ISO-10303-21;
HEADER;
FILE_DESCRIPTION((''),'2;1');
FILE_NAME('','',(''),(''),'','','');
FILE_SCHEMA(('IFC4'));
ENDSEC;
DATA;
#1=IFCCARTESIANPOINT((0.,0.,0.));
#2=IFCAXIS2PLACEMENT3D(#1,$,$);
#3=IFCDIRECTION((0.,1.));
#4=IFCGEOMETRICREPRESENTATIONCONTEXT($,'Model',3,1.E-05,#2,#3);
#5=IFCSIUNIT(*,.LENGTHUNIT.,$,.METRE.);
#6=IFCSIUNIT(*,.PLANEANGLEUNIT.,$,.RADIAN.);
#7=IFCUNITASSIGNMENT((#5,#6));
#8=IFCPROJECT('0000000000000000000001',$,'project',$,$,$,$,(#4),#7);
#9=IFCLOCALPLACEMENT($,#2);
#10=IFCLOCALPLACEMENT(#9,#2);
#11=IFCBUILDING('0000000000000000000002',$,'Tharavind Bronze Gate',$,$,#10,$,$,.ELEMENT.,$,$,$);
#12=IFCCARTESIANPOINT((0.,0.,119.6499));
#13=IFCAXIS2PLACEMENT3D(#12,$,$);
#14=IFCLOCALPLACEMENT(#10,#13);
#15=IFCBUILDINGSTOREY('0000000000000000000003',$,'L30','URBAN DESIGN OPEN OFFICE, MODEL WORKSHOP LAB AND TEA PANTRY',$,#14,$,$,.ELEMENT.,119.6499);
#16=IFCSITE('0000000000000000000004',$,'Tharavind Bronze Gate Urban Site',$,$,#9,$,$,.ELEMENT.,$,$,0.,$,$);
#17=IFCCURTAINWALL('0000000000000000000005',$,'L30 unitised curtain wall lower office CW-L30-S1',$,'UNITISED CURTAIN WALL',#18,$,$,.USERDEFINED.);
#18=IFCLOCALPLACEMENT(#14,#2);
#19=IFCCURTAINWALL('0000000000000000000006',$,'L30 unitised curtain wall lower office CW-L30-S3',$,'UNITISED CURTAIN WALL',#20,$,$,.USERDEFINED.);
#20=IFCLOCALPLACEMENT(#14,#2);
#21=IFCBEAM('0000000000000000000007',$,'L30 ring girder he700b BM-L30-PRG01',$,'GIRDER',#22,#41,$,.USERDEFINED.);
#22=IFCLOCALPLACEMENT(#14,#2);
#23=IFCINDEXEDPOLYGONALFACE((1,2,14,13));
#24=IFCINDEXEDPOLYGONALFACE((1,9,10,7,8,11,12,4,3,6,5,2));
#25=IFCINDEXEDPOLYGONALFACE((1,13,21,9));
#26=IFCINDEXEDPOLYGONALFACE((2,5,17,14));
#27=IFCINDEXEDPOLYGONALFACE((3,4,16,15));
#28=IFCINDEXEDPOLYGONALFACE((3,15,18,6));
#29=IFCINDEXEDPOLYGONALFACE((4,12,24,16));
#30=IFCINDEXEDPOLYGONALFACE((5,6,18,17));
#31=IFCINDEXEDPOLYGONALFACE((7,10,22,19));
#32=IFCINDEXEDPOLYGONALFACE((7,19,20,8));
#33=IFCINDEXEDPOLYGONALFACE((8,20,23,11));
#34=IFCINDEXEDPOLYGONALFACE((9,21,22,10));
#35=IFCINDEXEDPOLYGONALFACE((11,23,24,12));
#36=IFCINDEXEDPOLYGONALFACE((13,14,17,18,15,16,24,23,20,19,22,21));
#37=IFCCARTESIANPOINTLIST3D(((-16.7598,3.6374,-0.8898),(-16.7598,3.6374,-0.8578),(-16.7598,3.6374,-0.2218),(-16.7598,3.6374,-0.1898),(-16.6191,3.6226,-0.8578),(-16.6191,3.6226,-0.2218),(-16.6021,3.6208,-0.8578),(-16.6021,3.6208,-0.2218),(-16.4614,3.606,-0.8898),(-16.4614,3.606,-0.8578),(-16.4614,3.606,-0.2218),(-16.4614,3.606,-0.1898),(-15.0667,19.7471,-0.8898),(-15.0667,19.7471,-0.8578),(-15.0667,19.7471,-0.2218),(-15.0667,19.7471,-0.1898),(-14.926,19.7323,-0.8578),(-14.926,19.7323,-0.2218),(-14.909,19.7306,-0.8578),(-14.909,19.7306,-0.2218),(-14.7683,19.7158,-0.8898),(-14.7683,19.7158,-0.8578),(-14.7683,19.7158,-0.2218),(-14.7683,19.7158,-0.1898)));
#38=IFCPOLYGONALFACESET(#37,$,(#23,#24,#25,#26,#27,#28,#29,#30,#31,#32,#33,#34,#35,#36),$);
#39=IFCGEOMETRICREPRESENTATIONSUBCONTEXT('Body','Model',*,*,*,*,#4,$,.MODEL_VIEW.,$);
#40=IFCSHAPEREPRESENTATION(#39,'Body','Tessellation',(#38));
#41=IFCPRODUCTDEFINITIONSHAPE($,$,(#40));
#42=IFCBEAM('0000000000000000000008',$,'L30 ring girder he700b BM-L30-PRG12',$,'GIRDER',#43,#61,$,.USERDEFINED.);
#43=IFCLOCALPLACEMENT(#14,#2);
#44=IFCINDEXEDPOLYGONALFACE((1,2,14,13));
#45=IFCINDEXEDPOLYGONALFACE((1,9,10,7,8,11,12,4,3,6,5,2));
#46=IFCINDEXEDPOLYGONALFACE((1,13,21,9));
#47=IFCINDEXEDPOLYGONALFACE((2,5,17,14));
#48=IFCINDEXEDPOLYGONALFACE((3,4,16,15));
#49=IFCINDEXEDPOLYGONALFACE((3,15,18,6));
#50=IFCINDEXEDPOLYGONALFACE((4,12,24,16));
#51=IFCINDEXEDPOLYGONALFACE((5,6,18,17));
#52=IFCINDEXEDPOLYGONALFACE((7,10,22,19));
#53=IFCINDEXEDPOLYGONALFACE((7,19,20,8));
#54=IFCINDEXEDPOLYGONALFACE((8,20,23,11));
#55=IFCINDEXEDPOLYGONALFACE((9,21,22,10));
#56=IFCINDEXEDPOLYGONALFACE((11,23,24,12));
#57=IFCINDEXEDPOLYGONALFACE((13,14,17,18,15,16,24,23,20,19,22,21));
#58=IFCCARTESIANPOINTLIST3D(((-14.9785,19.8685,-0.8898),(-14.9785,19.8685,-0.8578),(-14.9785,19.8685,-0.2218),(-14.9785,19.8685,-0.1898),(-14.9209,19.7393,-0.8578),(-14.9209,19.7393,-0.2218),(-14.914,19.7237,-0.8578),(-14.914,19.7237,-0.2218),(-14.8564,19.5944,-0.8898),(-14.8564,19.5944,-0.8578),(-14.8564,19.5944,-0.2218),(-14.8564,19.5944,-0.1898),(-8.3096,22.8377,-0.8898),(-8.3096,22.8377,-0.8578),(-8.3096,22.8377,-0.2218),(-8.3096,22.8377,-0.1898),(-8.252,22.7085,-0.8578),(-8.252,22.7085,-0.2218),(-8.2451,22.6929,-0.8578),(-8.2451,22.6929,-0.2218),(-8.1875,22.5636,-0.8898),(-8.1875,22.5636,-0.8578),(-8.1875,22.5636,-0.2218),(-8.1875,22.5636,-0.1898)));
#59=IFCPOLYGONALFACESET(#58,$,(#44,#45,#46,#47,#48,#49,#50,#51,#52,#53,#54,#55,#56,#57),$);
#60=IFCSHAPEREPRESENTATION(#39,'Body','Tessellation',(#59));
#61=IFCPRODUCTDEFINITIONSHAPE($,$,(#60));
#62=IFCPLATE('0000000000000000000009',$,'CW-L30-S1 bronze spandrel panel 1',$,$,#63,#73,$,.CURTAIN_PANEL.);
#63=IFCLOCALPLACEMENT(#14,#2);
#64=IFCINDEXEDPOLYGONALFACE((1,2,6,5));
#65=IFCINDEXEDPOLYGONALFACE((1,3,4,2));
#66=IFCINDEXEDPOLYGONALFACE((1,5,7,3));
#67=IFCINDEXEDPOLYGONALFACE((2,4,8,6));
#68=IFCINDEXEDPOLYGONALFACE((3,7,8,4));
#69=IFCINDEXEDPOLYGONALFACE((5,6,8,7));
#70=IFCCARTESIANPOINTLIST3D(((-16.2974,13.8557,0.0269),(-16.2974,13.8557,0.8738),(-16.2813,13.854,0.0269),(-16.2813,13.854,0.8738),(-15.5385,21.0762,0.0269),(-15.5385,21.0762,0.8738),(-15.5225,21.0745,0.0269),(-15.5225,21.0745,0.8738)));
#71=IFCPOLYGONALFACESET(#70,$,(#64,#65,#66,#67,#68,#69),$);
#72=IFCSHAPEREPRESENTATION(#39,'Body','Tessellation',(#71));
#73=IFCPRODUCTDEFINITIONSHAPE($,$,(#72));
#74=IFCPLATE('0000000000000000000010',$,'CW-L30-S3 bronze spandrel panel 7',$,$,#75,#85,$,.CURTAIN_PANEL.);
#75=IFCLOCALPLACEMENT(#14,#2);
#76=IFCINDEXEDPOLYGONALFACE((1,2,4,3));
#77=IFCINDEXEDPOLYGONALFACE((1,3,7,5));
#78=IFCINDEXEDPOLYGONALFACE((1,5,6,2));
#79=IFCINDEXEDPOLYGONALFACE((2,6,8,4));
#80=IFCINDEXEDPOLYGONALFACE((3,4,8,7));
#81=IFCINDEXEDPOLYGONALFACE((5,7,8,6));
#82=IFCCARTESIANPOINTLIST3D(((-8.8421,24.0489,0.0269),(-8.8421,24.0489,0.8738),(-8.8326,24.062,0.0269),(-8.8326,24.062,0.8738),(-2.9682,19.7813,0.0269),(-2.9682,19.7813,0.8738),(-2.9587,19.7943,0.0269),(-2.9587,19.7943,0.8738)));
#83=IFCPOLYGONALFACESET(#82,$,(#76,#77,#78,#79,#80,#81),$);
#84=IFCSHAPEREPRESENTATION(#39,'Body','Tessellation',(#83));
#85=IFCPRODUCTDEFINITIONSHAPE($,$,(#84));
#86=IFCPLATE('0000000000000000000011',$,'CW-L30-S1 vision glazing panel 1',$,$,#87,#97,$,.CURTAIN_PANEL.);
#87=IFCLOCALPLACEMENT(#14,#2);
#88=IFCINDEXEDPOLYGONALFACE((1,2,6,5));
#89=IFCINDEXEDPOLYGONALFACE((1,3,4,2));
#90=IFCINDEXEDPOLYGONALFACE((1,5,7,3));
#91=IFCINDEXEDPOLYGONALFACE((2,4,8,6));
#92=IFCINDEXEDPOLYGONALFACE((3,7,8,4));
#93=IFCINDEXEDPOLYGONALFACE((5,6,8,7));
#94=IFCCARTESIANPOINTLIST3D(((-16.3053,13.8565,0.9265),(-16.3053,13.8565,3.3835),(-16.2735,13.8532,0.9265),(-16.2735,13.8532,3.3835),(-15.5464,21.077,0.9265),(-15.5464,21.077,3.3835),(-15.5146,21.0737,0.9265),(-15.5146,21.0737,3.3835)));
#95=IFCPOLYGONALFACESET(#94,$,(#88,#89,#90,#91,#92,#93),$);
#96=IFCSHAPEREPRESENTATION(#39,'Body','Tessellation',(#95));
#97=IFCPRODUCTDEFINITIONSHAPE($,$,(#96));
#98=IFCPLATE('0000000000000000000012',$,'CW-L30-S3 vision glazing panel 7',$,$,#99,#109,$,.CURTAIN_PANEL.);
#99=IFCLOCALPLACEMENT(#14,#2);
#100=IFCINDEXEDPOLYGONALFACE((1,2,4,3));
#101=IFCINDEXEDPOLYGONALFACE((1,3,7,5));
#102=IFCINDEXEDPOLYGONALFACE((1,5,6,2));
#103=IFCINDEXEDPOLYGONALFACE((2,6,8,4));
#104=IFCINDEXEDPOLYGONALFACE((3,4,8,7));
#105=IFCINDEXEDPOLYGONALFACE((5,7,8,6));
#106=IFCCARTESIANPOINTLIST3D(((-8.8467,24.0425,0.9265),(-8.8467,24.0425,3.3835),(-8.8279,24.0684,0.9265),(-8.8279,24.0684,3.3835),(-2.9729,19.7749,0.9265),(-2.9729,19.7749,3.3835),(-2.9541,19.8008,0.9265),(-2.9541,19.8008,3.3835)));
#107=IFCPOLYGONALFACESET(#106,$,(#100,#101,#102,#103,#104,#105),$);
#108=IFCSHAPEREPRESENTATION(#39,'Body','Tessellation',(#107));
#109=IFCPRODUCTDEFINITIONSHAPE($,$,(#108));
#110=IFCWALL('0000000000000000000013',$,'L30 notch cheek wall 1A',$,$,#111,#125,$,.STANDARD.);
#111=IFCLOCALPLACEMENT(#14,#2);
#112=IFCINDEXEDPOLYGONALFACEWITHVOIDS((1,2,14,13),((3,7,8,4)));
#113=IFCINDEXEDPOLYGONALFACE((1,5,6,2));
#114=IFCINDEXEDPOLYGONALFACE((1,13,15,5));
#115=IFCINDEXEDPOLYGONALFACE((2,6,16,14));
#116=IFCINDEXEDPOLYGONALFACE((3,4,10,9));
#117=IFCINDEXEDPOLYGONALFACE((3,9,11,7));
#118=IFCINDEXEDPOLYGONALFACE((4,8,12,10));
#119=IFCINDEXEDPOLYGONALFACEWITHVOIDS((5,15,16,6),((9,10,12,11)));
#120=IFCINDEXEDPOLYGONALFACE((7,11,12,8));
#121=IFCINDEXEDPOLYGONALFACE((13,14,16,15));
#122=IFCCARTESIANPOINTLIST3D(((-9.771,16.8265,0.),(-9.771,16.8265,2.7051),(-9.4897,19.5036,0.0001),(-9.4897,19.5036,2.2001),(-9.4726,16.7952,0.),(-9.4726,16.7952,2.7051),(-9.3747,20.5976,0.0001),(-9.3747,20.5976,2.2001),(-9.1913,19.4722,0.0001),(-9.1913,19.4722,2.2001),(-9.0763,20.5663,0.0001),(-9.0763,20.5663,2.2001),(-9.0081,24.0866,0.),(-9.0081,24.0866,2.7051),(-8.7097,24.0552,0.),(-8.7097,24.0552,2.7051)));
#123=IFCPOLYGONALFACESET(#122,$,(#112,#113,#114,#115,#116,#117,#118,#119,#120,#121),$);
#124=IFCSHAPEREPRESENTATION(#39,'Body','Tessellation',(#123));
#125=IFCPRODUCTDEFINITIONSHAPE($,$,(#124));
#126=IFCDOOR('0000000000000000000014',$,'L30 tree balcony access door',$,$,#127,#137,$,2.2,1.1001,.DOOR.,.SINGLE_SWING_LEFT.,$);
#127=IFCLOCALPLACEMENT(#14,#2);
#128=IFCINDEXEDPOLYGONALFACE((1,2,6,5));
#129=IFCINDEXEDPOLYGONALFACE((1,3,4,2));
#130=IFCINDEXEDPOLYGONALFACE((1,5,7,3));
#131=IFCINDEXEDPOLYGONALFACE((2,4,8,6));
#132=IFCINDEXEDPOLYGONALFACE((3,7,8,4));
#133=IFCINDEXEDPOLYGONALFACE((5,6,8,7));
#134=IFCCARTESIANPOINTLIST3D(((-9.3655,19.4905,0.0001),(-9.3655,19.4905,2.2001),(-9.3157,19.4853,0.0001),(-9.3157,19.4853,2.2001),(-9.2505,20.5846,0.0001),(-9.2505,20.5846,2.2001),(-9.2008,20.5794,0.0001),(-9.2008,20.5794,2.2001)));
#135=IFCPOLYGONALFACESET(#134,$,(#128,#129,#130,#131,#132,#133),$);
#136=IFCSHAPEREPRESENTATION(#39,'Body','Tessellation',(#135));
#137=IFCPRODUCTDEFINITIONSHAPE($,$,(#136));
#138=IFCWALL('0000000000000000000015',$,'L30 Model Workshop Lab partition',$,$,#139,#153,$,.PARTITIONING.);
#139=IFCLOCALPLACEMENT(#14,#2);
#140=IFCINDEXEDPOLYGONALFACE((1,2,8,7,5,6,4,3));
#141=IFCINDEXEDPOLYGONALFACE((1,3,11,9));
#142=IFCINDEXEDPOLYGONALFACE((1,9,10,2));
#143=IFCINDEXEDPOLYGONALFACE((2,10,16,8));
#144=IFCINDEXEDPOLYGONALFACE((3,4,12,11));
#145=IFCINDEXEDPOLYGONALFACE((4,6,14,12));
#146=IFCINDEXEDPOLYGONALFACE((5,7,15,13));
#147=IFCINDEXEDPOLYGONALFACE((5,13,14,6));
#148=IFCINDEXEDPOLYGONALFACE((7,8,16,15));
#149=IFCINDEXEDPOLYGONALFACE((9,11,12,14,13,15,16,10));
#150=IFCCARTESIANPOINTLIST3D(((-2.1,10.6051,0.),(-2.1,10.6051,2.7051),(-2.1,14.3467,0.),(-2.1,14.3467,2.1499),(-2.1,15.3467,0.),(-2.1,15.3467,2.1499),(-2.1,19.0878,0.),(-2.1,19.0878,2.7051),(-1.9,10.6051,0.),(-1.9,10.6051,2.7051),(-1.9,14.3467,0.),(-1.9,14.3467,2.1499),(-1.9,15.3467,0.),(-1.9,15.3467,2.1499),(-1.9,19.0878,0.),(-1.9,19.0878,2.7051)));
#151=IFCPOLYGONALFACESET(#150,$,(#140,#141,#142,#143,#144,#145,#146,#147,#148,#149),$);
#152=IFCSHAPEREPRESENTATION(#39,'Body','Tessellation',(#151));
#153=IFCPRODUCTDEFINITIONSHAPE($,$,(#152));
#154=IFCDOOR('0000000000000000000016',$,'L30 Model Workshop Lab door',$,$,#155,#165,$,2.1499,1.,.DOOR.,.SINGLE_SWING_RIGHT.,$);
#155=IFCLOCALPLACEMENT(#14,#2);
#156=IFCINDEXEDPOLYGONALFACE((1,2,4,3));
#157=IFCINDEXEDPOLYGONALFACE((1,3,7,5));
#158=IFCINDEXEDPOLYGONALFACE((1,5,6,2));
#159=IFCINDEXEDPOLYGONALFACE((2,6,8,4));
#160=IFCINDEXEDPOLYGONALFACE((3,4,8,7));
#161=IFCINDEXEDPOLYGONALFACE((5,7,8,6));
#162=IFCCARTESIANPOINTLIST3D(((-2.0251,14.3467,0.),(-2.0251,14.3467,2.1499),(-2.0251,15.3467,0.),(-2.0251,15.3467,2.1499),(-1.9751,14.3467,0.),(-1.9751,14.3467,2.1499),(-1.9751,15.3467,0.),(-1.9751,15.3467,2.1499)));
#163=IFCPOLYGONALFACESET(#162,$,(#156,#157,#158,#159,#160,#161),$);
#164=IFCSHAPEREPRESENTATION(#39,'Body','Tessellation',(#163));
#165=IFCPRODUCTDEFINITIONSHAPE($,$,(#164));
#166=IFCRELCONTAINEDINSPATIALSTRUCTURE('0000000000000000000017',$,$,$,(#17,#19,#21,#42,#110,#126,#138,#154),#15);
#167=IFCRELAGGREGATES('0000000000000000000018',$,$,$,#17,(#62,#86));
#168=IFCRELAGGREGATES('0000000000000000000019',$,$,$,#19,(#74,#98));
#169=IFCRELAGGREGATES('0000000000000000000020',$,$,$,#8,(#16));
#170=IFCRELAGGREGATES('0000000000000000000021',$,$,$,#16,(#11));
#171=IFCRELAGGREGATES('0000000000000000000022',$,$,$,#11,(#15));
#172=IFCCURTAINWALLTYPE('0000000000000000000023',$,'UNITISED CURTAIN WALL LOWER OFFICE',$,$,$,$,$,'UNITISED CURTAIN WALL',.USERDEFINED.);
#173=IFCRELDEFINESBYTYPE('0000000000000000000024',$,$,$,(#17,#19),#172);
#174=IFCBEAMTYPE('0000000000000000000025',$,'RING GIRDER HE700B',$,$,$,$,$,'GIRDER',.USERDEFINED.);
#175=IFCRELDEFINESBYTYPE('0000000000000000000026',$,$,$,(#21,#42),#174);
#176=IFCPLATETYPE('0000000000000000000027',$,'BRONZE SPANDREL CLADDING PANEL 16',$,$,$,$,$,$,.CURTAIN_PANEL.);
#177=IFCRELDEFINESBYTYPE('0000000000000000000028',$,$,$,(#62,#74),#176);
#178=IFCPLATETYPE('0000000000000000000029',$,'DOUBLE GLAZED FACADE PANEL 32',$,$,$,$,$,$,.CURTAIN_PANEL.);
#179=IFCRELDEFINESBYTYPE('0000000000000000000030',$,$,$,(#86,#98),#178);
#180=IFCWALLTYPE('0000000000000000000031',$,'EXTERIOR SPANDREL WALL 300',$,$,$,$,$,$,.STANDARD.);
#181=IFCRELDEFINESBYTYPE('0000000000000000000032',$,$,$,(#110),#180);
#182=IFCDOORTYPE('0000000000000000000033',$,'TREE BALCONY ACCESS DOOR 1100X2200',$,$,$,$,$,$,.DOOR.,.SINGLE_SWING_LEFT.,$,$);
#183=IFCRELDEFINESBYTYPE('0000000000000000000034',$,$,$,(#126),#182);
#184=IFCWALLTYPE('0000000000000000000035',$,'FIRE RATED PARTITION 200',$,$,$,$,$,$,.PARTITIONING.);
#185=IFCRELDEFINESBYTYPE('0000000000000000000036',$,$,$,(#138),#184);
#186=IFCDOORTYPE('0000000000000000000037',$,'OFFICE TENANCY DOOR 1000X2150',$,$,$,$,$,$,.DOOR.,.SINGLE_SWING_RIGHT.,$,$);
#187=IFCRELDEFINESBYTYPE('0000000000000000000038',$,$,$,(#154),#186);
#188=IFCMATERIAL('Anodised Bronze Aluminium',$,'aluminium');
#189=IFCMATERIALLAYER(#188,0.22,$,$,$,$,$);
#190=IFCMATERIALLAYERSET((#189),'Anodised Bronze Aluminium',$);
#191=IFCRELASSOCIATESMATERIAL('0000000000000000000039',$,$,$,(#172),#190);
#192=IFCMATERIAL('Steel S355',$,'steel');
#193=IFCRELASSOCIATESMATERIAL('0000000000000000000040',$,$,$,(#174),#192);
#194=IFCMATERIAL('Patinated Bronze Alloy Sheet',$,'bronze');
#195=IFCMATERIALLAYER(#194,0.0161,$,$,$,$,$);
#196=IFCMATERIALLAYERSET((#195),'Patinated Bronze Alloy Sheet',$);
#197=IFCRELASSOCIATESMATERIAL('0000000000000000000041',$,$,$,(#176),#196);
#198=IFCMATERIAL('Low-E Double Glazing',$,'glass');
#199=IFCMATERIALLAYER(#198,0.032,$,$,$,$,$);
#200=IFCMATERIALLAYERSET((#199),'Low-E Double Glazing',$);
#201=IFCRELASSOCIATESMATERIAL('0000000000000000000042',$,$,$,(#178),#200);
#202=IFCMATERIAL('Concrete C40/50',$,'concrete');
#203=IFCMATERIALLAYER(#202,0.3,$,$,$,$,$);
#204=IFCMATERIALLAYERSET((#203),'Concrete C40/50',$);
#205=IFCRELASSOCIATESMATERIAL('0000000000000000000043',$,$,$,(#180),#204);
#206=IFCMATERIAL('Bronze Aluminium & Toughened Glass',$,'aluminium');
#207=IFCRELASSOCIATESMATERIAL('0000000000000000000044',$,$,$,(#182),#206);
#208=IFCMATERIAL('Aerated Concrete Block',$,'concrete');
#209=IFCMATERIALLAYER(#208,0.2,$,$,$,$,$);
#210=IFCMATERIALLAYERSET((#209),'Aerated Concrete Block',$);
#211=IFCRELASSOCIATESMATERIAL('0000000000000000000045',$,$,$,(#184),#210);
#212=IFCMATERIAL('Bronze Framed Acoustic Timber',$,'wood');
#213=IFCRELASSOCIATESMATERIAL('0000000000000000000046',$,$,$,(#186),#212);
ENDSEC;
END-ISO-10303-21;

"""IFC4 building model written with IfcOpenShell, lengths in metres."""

from ifc_helpers import new_model, si_unit, direction, frame, frame_2d, origin, origin_2d, place, context, subcontext, project, spatial, rectangle, i_section, extrude, material, layer, layer_set, material_profile, profile_set, type_object, element, fill, aggregate, save


model = new_model("IFC4")

# Units and contexts
model_context = context("Model", 3, precision=1e-05, world=origin(), true_north=direction((0.0, 1.0)))
body_context = subcontext(model_context, "Body", "Model", "MODEL_VIEW")
ifc_project = project(units=[si_unit("LENGTHUNIT", "METRE"), si_unit("PLANEANGLEUNIT", "RADIAN")], contexts=[model_context])

# Site, building, storey
site_placement = place(None, origin())
site = spatial("IfcSite", under=ifc_project, at=site_placement, Name="Tharavind Bronze Gate Urban Site", CompositionType="ELEMENT", RefElevation=0.0)
building_placement = place(site_placement, origin())
building = spatial("IfcBuilding", under=site, at=building_placement, Name="Tharavind Bronze Gate", CompositionType="ELEMENT")
storey_placement = place(building_placement, frame((0.0, 0.0, 119.6499)))
storey = spatial("IfcBuildingStorey", under=building, at=storey_placement, Name="L30", Description="URBAN DESIGN OPEN OFFICE, MODEL WORKSHOP LAB AND TEA PANTRY", CompositionType="ELEMENT", Elevation=119.6499)

# Curtain wall
ifc_material_1 = material(Name="Anodised Bronze Aluminium", Category="aluminium")
ifc_layer_1 = layer(ifc_material_1, 0.22)
ifc_layer_set_1 = layer_set([ifc_layer_1], Name="Anodised Bronze Aluminium")
curtain_wall_type = type_object("IfcCurtainWallType", Name="UNITISED CURTAIN WALL LOWER OFFICE", ElementType="UNITISED CURTAIN WALL", PredefinedType="USERDEFINED", material=ifc_layer_set_1)
curtain_wall_1_placement = place(storey_placement, origin())
curtain_wall_1 = element("IfcCurtainWall", 1, at=curtain_wall_1_placement, inside=storey, type_object=curtain_wall_type, Name="L30 unitised curtain wall lower office CW-L30-S1", ObjectType="UNITISED CURTAIN WALL", PredefinedType="USERDEFINED")

# Curtain wall
curtain_wall_2_placement = place(storey_placement, origin())
curtain_wall_2 = element("IfcCurtainWall", 2, at=curtain_wall_2_placement, inside=storey, type_object=curtain_wall_type, Name="L30 unitised curtain wall lower office CW-L30-S3", ObjectType="UNITISED CURTAIN WALL", PredefinedType="USERDEFINED")

# Beams
ifc_material_2 = material(Name="Steel S355", Category="steel")
ifc_material_profile_1 = material_profile(ifc_material_2, i_section(OverallWidth=0.3, OverallDepth=0.7, WebThickness=0.0171, FlangeThickness=0.032, at=origin_2d()), Name="HE700B")
ifc_profile_set_1 = profile_set([ifc_material_profile_1], Name="Steel S355")
beam_type_1 = type_object("IfcBeamType", Name="RING GIRDER HE700B", ElementType="GIRDER", PredefinedType="USERDEFINED", material=ifc_profile_set_1)
beam_1_placement = place(storey_placement, frame((-14.9175, 19.7314, -0.5398), z_axis=(-0.104522, -0.994523, 0.0), x_axis=(0.994523, -0.104522, 0.0)))
element("IfcBeam", 3, at=beam_1_placement, inside=storey, type_object=beam_type_1, Name="L30 ring girder he700b BM-L30-PRG01", ObjectType="GIRDER", PredefinedType="USERDEFINED", context=body_context, shape_type="SweptSolid", body=[
    extrude(i_section(OverallWidth=0.3, OverallDepth=0.7, WebThickness=0.0171, FlangeThickness=0.032, at=origin_2d()), origin(), (0.0, 0.0, 1.0), 16.1985),
])
beam_2_placement = place(storey_placement, frame((-8.2485, 22.7007, -0.5398), z_axis=(-0.913544, -0.40674, 0.0), x_axis=(0.40674, -0.913544, 0.0)))
element("IfcBeam", 4, at=beam_2_placement, inside=storey, type_object=beam_type_1, Name="L30 ring girder he700b BM-L30-PRG12", ObjectType="GIRDER", PredefinedType="USERDEFINED", context=body_context, shape_type="SweptSolid", body=[
    extrude(i_section(OverallWidth=0.3, OverallDepth=0.7, WebThickness=0.0171, FlangeThickness=0.032, at=origin_2d()), origin(), (0.0, 0.0, 1.0), 7.3),
])

# Plates
ifc_material_3 = material(Name="Patinated Bronze Alloy Sheet", Category="bronze")
ifc_layer_2 = layer(ifc_material_3, 0.0161)
ifc_layer_set_2 = layer_set([ifc_layer_2], Name="Patinated Bronze Alloy Sheet")
plate_type_1 = type_object("IfcPlateType", Name="BRONZE SPANDREL CLADDING PANEL 16", PredefinedType="CURTAIN_PANEL", material=ifc_layer_set_2)
plate_1_placement = place(storey_placement, frame((-15.9099, 17.4651, 0.0269), z_axis=(0.0, 0.0, 1.0), x_axis=(-0.104527, -0.994522, 0.0)))
plate_1 = element("IfcPlate", 5, at=plate_1_placement, type_object=plate_type_1, Name="CW-L30-S1 bronze spandrel panel 1", PredefinedType="CURTAIN_PANEL", context=body_context, shape_type="SweptSolid", body=[
    extrude(rectangle(XDim=7.2603, YDim=0.0161, at=origin_2d()), origin(), (0.0, 0.0, 1.0), 0.8469),
])
plate_2_placement = place(storey_placement, frame((-5.9004, 21.9216, 0.0269), z_axis=(0.0, 0.0, 1.0), x_axis=(-0.809017, 0.587785, 0.0)))
plate_2 = element("IfcPlate", 6, at=plate_2_placement, type_object=plate_type_1, Name="CW-L30-S3 bronze spandrel panel 7", PredefinedType="CURTAIN_PANEL", context=body_context, shape_type="SweptSolid", body=[
    extrude(rectangle(XDim=7.2605, YDim=0.0161, at=origin_2d()), origin(), (0.0, 0.0, 1.0), 0.8469),
])
ifc_material_4 = material(Name="Low-E Double Glazing", Category="glass")
ifc_layer_3 = layer(ifc_material_4, 0.032)
ifc_layer_set_3 = layer_set([ifc_layer_3], Name="Low-E Double Glazing")
plate_type_2 = type_object("IfcPlateType", Name="DOUBLE GLAZED FACADE PANEL 32", PredefinedType="CURTAIN_PANEL", material=ifc_layer_set_3)
plate_3_placement = place(storey_placement, frame((-15.9099, 17.4651, 0.9265), z_axis=(0.0, 0.0, 1.0), x_axis=(-0.104527, -0.994522, 0.0)))
plate_3 = element("IfcPlate", 7, at=plate_3_placement, type_object=plate_type_2, Name="CW-L30-S1 vision glazing panel 1", PredefinedType="CURTAIN_PANEL", context=body_context, shape_type="SweptSolid", body=[
    extrude(rectangle(XDim=7.2603, YDim=0.032, at=origin_2d()), origin(), (0.0, 0.0, 1.0), 2.457),
])
aggregate(curtain_wall_1, [plate_1, plate_3])
plate_4_placement = place(storey_placement, frame((-5.9004, 21.9216, 0.9265), z_axis=(0.0, 0.0, 1.0), x_axis=(-0.809017, 0.587785, 0.0)))
plate_4 = element("IfcPlate", 8, at=plate_4_placement, type_object=plate_type_2, Name="CW-L30-S3 vision glazing panel 7", PredefinedType="CURTAIN_PANEL", context=body_context, shape_type="SweptSolid", body=[
    extrude(rectangle(XDim=7.2605, YDim=0.032, at=origin_2d()), origin(), (0.0, 0.0, 1.0), 2.457),
])
aggregate(curtain_wall_2, [plate_2, plate_4])

# Walls, openings, doors
ifc_material_5 = material(Name="Concrete C40/50", Category="concrete")
ifc_layer_4 = layer(ifc_material_5, 0.3)
ifc_layer_set_4 = layer_set([ifc_layer_4], Name="Concrete C40/50")
wall_type_1 = type_object("IfcWallType", Name="EXTERIOR SPANDREL WALL 300", PredefinedType="STANDARD", material=ifc_layer_set_4)
wall_1_placement = place(storey_placement, frame((-8.8589, 24.0708, 0.0), z_axis=(0.0, 0.0, 1.0), x_axis=(-0.104512, -0.994524, 0.0)))
wall_1 = element("IfcWall", 9, at=wall_1_placement, inside=storey, type_object=wall_type_1, Name="L30 notch cheek wall 1A", PredefinedType="STANDARD", context=body_context, shape_type="SweptSolid", body=[
    extrude(rectangle(XDim=7.3, YDim=0.3, at=frame_2d((3.6499, 0.0))), origin(), (0.0, 0.0, 1.0), 2.7051),
])
opening_1_placement = place(wall_1_placement, frame((3.5081, 0.0, 0.0)))
opening_1 = element("IfcOpeningElement", 10, at=opening_1_placement, cuts=wall_1, PredefinedType="OPENING", context=body_context, shape_type="SweptSolid", body=[
    extrude(rectangle(XDim=1.1001, YDim=2.2, at=frame_2d((0.55, 1.1001))), frame((0.0, 0.1599, 0.0), z_axis=(0.0, -1.0, 0.0), x_axis=(1.0, 0.0, 0.0)), (0.0, 0.0, 1.0), 0.32),
])
ifc_material_6 = material(Name="Bronze Aluminium & Toughened Glass", Category="aluminium")
door_type_1 = type_object("IfcDoorType", Name="TREE BALCONY ACCESS DOOR 1100X2200", OperationType="SINGLE_SWING_LEFT", PredefinedType="DOOR", material=ifc_material_6)
door_1_placement = place(opening_1_placement, origin())
door_1 = element("IfcDoor", 11, at=door_1_placement, inside=storey, type_object=door_type_1, Name="L30 tree balcony access door", OperationType="SINGLE_SWING_LEFT", OverallHeight=2.2, OverallWidth=1.1001, PredefinedType="DOOR", context=body_context, shape_type="SweptSolid", body=[
    extrude(rectangle(XDim=1.1001, YDim=2.2, at=frame_2d((0.55, 1.1001))), frame((0.0, 0.0249, 0.0), z_axis=(0.0, -1.0, 0.0), x_axis=(1.0, 0.0, 0.0)), (0.0, 0.0, 1.0), 0.05),
])
fill(opening_1, door_1)
ifc_material_7 = material(Name="Aerated Concrete Block", Category="concrete")
ifc_layer_5 = layer(ifc_material_7, 0.2)
ifc_layer_set_5 = layer_set([ifc_layer_5], Name="Aerated Concrete Block")
wall_type_2 = type_object("IfcWallType", Name="FIRE RATED PARTITION 200", PredefinedType="PARTITIONING", material=ifc_layer_set_5)
wall_2_placement = place(storey_placement, frame((-2.0, 19.0876, 0.0), z_axis=(0.0, 0.0, 1.0), x_axis=(0.0, -1.0, 0.0)))
wall_2 = element("IfcWall", 12, at=wall_2_placement, inside=storey, type_object=wall_type_2, Name="L30 Model Workshop Lab partition", PredefinedType="PARTITIONING", context=body_context, shape_type="SweptSolid", body=[
    extrude(rectangle(XDim=8.4827, YDim=0.2, at=frame_2d((4.2412, 0.0))), origin(), (0.0, 0.0, 1.0), 2.7051),
])
opening_2_placement = place(wall_2_placement, frame((3.741, 0.0, 0.0)))
opening_2 = element("IfcOpeningElement", 13, at=opening_2_placement, cuts=wall_2, PredefinedType="OPENING", context=body_context, shape_type="SweptSolid", body=[
    extrude(rectangle(XDim=1.0, YDim=2.1499, at=frame_2d((0.5, 1.075))), frame((0.0, 0.1101, 0.0), z_axis=(0.0, -1.0, 0.0), x_axis=(1.0, 0.0, 0.0)), (0.0, 0.0, 1.0), 0.22),
])
ifc_material_8 = material(Name="Bronze Framed Acoustic Timber", Category="wood")
door_type_2 = type_object("IfcDoorType", Name="OFFICE TENANCY DOOR 1000X2150", OperationType="SINGLE_SWING_RIGHT", PredefinedType="DOOR", material=ifc_material_8)
door_2_placement = place(opening_2_placement, origin())
door_2 = element("IfcDoor", 14, at=door_2_placement, inside=storey, type_object=door_type_2, Name="L30 Model Workshop Lab door", OperationType="SINGLE_SWING_RIGHT", OverallHeight=2.1499, OverallWidth=1.0, PredefinedType="DOOR", context=body_context, shape_type="SweptSolid", body=[
    extrude(rectangle(XDim=1.0, YDim=2.1499, at=frame_2d((0.5, 1.075))), frame((0.0, 0.0249, 0.0), z_axis=(0.0, -1.0, 0.0), x_axis=(1.0, 0.0, 0.0)), (0.0, 0.0, 1.0), 0.05),
])
fill(opening_2, door_2)

save(model, "model.ifc")
